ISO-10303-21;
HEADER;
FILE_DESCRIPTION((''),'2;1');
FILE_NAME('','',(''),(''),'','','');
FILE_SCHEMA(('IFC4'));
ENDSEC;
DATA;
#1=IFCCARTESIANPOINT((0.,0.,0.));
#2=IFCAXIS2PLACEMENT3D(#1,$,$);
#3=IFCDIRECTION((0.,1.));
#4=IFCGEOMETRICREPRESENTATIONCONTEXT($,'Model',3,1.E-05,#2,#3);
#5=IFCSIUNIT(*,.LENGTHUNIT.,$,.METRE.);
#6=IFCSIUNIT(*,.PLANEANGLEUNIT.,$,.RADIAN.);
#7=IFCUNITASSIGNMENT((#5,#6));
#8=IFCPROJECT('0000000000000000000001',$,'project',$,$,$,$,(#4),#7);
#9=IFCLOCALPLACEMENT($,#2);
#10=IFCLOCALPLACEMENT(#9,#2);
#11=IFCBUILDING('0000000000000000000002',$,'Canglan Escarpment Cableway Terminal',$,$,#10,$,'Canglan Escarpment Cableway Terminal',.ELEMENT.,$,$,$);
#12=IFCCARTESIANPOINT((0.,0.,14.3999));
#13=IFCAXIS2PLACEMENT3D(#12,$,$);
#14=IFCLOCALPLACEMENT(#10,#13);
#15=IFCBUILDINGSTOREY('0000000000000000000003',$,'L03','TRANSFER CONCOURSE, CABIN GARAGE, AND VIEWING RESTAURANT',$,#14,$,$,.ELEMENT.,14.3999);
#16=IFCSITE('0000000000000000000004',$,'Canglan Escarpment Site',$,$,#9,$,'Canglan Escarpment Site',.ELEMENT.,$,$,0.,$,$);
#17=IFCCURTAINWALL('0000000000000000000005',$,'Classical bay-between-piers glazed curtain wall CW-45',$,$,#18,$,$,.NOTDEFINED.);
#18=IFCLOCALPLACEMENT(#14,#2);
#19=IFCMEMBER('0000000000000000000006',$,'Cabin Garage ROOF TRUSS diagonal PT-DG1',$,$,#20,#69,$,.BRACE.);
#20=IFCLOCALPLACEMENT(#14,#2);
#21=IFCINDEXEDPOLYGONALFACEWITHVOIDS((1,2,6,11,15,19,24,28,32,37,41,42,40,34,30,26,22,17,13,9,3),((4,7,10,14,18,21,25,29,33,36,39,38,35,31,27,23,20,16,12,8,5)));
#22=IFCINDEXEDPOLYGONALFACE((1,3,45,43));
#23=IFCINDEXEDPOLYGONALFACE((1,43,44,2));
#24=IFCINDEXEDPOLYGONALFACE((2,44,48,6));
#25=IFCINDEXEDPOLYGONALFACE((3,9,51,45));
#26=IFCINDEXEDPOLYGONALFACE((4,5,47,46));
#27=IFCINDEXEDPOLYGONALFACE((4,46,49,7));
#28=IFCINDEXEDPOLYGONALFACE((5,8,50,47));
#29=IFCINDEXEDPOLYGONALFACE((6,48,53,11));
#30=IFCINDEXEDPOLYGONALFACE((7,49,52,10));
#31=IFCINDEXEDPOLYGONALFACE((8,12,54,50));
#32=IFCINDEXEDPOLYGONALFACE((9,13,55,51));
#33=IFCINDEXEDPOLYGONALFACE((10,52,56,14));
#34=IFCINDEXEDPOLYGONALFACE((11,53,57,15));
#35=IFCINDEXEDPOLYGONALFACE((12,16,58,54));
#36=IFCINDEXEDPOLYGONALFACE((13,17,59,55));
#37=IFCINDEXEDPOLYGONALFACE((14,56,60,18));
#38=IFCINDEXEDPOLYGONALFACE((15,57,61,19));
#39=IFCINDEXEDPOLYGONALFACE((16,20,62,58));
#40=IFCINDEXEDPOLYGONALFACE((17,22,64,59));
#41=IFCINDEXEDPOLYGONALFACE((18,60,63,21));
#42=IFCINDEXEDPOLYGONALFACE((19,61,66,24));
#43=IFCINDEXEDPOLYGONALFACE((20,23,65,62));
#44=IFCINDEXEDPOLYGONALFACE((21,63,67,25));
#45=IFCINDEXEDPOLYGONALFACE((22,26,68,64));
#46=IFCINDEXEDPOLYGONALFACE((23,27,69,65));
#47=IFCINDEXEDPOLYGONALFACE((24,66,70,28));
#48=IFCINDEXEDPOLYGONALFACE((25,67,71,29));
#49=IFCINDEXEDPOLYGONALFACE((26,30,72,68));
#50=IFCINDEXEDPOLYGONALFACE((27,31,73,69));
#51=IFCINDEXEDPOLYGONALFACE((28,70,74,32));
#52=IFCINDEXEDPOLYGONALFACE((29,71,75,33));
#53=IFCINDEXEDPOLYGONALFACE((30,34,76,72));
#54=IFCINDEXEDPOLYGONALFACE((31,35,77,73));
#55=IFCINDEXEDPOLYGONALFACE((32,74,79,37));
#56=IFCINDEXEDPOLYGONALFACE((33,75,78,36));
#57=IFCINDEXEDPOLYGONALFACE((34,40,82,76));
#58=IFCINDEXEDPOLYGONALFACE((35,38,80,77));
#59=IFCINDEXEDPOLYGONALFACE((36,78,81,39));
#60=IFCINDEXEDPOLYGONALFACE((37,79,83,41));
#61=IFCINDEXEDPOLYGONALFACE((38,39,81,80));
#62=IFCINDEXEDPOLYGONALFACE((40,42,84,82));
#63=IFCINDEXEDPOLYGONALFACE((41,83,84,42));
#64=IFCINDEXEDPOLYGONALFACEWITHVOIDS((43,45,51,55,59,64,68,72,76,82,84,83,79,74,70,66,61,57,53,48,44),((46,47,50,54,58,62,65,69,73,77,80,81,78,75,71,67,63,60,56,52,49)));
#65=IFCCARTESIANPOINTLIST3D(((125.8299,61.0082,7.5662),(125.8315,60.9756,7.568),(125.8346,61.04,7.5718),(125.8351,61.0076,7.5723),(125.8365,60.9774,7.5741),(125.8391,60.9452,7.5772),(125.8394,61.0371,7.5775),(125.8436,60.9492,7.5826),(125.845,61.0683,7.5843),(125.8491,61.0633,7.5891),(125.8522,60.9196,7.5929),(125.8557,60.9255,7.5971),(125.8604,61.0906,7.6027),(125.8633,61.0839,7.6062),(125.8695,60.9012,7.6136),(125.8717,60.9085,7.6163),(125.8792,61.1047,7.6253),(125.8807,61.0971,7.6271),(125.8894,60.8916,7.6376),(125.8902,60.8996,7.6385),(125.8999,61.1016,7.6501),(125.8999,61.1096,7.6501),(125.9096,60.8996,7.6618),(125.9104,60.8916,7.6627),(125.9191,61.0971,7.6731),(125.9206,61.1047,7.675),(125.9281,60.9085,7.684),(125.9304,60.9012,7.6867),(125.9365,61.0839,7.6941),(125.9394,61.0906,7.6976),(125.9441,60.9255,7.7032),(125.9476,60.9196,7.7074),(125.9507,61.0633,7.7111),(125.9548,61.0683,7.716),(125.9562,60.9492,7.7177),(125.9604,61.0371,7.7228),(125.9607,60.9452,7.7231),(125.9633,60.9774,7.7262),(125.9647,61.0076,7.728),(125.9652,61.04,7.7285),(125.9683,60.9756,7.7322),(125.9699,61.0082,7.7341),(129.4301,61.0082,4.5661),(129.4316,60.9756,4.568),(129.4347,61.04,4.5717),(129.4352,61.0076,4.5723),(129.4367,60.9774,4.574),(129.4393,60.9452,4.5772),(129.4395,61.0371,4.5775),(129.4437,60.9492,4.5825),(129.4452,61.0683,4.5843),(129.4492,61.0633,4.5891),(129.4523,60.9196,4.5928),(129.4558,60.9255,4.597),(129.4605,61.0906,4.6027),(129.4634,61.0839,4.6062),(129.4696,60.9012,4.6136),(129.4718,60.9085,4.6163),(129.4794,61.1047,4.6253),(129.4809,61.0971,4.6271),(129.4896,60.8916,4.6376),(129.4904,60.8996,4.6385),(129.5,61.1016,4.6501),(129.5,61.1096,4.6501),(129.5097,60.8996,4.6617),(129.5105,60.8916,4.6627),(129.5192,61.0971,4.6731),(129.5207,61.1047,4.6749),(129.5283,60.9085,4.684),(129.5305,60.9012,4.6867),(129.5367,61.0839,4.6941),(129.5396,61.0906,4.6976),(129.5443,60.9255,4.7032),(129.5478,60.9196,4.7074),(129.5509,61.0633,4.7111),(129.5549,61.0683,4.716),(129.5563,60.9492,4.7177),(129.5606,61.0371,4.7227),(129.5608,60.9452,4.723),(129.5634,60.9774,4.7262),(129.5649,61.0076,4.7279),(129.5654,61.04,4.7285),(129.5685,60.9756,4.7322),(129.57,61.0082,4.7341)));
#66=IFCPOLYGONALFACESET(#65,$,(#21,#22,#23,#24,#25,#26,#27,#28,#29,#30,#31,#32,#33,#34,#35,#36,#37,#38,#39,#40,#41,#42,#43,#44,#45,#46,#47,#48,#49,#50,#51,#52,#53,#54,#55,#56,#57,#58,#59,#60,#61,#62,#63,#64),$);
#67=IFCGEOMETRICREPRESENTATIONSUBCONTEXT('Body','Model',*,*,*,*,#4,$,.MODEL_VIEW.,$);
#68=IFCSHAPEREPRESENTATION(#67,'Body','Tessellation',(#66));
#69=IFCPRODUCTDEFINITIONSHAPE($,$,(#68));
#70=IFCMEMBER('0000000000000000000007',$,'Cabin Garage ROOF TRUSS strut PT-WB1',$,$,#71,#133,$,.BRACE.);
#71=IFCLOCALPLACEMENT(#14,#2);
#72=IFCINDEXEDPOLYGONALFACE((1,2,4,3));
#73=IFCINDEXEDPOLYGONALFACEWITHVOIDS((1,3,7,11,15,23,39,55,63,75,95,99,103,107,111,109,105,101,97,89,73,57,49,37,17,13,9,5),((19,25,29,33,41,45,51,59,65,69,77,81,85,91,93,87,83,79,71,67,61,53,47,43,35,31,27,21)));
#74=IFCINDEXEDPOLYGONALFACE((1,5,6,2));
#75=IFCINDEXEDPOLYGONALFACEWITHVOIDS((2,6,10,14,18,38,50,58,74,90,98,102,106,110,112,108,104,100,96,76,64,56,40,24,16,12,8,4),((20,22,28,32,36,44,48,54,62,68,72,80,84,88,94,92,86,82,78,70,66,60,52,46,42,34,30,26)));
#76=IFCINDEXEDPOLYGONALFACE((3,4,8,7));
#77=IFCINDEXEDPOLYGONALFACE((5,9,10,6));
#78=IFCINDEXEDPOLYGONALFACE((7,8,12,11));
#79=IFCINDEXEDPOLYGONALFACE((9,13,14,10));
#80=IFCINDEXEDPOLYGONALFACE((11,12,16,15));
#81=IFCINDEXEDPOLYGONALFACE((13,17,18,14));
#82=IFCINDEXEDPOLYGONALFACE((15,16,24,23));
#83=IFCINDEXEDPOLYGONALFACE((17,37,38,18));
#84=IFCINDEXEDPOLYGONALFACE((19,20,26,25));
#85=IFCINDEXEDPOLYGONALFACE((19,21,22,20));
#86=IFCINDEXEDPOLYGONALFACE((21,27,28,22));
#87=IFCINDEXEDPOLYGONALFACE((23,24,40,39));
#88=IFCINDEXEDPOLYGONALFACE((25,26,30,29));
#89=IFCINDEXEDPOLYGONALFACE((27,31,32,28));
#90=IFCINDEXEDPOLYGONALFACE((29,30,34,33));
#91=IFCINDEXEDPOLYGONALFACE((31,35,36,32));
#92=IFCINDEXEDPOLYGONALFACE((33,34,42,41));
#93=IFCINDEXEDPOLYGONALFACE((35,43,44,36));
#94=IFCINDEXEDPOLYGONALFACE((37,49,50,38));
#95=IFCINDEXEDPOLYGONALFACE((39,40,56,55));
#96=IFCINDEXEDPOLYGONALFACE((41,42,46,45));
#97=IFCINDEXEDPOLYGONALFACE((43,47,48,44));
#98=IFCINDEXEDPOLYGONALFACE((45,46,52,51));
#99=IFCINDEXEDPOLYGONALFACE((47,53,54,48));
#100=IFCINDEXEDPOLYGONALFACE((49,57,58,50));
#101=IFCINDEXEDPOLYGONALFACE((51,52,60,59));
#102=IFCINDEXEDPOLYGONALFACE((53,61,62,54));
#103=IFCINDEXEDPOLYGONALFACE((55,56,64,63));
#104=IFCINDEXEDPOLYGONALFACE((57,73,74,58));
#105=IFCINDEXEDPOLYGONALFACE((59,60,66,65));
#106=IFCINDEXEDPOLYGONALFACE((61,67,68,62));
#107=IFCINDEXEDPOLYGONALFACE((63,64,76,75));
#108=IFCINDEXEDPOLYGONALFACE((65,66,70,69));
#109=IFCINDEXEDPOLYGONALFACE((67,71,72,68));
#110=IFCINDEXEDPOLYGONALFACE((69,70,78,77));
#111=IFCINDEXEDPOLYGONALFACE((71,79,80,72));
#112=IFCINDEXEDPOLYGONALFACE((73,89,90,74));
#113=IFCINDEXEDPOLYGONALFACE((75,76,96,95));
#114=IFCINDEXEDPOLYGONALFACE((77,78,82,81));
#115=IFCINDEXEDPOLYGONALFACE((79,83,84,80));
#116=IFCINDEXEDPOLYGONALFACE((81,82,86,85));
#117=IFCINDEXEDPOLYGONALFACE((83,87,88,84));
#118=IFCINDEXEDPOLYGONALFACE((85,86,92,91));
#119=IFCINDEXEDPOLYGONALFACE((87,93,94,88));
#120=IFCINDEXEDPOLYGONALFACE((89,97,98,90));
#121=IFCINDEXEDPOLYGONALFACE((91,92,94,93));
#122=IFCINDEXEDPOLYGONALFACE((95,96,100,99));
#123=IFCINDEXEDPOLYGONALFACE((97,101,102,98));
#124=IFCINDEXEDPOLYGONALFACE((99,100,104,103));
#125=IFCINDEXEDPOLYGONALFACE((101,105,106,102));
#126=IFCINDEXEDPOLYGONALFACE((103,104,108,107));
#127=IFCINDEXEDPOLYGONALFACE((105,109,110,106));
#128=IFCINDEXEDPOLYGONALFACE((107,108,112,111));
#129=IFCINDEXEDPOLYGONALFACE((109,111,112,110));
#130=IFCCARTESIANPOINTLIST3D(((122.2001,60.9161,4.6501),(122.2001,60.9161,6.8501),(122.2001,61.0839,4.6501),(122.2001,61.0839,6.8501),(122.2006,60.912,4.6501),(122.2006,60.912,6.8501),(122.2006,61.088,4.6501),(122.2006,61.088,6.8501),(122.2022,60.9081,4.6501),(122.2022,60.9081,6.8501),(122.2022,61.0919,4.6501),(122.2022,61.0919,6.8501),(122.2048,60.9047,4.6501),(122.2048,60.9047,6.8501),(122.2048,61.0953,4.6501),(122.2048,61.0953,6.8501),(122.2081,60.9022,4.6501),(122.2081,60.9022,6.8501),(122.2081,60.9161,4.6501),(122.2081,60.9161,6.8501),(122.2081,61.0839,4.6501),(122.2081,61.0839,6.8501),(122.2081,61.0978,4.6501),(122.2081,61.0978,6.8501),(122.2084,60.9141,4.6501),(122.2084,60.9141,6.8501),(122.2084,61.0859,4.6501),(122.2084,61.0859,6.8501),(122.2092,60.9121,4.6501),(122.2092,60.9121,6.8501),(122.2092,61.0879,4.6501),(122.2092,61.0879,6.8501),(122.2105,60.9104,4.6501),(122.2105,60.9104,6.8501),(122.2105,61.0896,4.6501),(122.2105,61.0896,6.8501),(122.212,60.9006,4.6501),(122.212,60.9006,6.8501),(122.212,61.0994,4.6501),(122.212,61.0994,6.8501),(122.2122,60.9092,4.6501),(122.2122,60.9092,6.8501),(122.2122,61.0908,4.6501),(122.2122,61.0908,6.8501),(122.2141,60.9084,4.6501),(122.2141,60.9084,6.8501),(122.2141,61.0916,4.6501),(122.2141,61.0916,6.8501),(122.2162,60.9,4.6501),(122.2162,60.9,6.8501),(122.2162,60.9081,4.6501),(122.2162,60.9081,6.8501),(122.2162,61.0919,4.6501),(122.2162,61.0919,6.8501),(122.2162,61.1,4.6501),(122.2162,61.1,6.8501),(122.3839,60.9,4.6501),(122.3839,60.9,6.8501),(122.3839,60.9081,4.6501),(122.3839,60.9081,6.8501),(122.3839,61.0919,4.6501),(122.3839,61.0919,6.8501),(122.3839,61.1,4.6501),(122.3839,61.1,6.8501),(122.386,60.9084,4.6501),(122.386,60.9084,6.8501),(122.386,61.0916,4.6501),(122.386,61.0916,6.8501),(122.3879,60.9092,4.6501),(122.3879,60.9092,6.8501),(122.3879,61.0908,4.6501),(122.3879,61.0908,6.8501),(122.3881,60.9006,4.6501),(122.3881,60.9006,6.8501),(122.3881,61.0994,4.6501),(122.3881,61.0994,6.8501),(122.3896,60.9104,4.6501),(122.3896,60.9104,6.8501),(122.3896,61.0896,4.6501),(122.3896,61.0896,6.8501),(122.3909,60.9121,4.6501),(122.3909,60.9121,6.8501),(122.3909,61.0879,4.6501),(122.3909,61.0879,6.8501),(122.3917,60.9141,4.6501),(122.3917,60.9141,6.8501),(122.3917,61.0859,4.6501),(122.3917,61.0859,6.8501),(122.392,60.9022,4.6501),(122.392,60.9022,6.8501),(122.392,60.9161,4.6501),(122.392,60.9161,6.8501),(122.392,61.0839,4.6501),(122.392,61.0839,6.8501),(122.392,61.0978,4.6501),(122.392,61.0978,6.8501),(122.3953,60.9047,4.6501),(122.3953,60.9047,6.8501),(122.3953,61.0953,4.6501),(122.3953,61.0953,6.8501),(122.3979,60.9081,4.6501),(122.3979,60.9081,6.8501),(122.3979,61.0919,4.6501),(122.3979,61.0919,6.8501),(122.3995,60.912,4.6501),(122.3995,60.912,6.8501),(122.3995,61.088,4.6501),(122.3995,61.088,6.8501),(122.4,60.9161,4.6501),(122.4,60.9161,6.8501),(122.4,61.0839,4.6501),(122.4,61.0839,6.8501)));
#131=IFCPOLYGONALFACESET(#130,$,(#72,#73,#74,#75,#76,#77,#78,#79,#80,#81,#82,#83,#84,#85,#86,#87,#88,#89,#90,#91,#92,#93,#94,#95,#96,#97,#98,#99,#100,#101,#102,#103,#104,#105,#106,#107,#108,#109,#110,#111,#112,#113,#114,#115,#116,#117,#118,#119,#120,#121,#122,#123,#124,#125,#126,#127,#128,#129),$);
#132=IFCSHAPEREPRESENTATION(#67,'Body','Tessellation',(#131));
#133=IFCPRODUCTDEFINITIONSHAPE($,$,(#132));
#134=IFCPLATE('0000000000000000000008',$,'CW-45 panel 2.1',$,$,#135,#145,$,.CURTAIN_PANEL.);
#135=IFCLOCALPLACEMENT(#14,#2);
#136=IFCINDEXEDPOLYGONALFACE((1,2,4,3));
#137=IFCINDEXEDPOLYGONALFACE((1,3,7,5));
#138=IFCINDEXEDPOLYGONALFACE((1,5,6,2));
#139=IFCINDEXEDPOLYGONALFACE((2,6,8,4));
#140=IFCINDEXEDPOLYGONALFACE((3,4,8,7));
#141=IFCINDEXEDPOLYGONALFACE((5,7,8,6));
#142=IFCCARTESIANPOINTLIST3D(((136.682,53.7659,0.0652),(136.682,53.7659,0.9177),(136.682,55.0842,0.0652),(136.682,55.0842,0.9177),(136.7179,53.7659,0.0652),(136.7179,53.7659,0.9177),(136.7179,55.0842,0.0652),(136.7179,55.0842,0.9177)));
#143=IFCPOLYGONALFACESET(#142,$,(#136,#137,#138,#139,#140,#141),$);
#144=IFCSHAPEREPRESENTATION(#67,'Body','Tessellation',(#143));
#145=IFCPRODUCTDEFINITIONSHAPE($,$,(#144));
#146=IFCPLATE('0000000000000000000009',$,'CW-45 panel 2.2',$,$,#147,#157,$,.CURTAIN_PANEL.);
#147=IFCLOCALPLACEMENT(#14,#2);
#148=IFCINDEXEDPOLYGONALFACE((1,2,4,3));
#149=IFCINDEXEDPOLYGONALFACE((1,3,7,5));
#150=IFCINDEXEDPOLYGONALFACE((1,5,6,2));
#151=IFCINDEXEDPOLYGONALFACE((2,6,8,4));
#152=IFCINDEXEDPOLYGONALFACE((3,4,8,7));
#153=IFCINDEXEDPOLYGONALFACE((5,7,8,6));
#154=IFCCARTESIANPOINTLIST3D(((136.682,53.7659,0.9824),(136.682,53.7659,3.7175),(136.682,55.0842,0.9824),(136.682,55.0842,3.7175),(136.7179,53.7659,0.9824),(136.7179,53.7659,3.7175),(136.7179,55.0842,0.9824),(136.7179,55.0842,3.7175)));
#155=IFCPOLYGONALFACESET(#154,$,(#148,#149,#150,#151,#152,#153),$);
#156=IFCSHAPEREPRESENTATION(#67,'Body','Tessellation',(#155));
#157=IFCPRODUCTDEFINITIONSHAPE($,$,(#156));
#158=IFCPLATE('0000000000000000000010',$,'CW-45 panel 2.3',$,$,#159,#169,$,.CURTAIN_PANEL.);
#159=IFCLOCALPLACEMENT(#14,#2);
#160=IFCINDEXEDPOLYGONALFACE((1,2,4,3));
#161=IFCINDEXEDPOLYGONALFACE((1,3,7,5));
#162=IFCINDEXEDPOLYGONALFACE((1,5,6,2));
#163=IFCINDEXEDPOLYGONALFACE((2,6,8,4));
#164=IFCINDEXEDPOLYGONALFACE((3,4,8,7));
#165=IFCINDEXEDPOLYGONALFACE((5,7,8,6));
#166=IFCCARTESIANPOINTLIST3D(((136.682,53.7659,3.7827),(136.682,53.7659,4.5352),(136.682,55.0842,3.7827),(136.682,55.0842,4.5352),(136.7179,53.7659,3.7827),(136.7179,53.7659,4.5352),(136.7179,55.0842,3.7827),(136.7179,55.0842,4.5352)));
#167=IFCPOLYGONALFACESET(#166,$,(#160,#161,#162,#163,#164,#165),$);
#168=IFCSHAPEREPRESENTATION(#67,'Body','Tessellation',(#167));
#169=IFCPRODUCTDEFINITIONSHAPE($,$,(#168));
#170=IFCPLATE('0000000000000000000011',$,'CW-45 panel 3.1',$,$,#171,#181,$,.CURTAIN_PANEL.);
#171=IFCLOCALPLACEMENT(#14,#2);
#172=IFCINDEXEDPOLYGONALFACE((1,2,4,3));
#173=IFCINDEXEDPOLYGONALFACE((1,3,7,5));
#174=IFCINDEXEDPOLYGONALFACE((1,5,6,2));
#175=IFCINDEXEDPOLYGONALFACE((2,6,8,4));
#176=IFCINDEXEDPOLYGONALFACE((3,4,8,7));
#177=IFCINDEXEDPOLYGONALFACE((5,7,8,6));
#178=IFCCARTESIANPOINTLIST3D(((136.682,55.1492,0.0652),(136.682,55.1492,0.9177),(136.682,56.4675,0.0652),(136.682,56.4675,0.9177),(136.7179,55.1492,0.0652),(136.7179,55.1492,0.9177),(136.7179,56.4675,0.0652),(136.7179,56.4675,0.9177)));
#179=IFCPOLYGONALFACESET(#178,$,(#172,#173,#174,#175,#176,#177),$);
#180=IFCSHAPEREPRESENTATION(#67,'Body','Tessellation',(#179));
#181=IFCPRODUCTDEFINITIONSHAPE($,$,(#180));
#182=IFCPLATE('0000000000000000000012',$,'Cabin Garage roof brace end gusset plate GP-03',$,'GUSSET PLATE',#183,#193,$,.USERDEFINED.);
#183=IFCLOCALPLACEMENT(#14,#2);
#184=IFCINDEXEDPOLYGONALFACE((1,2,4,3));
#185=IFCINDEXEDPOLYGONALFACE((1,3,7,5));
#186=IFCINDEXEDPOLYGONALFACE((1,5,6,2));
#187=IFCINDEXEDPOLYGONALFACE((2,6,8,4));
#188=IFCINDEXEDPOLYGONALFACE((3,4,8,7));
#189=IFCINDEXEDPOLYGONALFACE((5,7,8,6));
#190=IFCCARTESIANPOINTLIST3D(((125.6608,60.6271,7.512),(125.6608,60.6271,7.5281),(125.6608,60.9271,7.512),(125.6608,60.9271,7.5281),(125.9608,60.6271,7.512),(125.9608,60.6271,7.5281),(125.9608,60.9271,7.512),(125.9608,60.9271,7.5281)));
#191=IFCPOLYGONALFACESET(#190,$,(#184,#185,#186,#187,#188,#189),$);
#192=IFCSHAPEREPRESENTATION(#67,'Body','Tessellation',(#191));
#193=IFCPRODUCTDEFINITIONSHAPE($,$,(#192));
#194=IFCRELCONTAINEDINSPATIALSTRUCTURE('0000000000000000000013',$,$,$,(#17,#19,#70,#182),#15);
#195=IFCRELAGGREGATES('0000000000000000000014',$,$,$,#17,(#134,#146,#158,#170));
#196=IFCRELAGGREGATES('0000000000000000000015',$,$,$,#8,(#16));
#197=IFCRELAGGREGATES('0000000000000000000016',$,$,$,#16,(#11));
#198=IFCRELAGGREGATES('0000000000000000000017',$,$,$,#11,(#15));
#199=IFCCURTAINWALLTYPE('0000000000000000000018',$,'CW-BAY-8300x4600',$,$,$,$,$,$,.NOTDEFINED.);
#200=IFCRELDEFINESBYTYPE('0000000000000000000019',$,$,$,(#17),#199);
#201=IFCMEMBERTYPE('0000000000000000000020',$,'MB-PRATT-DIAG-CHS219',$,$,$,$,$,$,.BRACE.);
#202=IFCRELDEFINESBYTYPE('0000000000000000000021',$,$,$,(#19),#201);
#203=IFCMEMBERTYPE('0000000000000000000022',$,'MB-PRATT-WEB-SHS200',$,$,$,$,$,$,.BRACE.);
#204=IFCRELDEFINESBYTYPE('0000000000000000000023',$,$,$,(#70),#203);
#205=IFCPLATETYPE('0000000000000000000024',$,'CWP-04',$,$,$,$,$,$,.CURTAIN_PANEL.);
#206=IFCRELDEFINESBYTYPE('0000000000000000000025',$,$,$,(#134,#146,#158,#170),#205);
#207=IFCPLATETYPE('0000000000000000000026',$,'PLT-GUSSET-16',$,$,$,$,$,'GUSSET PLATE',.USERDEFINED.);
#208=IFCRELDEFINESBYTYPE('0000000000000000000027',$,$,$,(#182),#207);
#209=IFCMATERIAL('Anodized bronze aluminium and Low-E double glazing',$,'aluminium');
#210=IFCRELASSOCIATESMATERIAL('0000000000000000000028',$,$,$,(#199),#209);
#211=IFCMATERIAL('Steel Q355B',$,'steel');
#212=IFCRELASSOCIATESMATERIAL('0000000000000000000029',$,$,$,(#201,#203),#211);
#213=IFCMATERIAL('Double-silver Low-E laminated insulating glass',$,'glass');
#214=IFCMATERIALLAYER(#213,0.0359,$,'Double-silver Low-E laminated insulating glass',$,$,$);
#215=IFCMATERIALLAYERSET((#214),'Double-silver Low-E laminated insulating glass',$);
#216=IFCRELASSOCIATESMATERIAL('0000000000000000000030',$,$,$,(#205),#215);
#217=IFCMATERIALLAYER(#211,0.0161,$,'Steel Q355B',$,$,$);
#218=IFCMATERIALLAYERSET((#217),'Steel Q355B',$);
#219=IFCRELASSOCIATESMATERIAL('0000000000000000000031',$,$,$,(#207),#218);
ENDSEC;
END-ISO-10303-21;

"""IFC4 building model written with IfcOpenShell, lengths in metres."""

from ifc_helpers import new_model, si_unit, direction, frame, origin, origin_2d, place, context, subcontext, project, spatial, rectangle, hollow_rectangle, hollow_circle, extrude, material, layer, layer_set, material_profile, profile_set, type_object, element, aggregate, save


model = new_model("IFC4")

# Units and contexts
model_context = context("Model", 3, precision=1e-05, world=origin(), true_north=direction((0.0, 1.0)))
body_context = subcontext(model_context, "Body", "Model", "MODEL_VIEW")
ifc_project = project(units=[si_unit("LENGTHUNIT", "METRE"), si_unit("PLANEANGLEUNIT", "RADIAN")], contexts=[model_context])

# Site, building, storey
site_placement = place(None, origin())
site = spatial("IfcSite", under=ifc_project, at=site_placement, Name="Canglan Escarpment Site", LongName="Canglan Escarpment Site", CompositionType="ELEMENT", RefElevation=0.0)
building_placement = place(site_placement, origin())
building = spatial("IfcBuilding", under=site, at=building_placement, Name="Canglan Escarpment Cableway Terminal", LongName="Canglan Escarpment Cableway Terminal", CompositionType="ELEMENT")
storey_placement = place(building_placement, frame((0.0, 0.0, 14.3999)))
storey = spatial("IfcBuildingStorey", under=building, at=storey_placement, Name="L03", Description="TRANSFER CONCOURSE, CABIN GARAGE, AND VIEWING RESTAURANT", CompositionType="ELEMENT", Elevation=14.3999)

# Shared definitions
ifc_material_1 = material(Name="Steel Q355B", Category="steel")

# Curtain wall
ifc_material_2 = material(Name="Anodized bronze aluminium and Low-E double glazing", Category="aluminium")
curtain_wall_type = type_object("IfcCurtainWallType", Name="CW-BAY-8300x4600", PredefinedType="NOTDEFINED", material=ifc_material_2)
curtain_wall_placement = place(storey_placement, origin())
curtain_wall = element("IfcCurtainWall", 1, at=curtain_wall_placement, inside=storey, type_object=curtain_wall_type, Name="Classical bay-between-piers glazed curtain wall CW-45", PredefinedType="NOTDEFINED")

# Members
ifc_material_profile_1 = material_profile(ifc_material_1, hollow_circle(Radius=0.1096, WallThickness=0.0081, at=origin_2d()), Name="CHS 219.1x8")
ifc_profile_set_1 = profile_set([ifc_material_profile_1], Name="Steel Q355B")
member_type_1 = type_object("IfcMemberType", Name="MB-PRATT-DIAG-CHS219", PredefinedType="BRACE", material=ifc_profile_set_1)
member_1_placement = place(storey_placement, frame((125.8999, 61.0, 7.6501), z_axis=(0.76823, 0.0, -0.640174), x_axis=(0.0, 1.0, 0.0)))
element("IfcMember", 2, at=member_1_placement, inside=storey, type_object=member_type_1, Name="Cabin Garage ROOF TRUSS diagonal PT-DG1", PredefinedType="BRACE", context=body_context, shape_type="SweptSolid", body=[
    extrude(hollow_circle(Radius=0.1096, WallThickness=0.0081, at=origin_2d()), origin(), (0.0, 0.0, 1.0), 4.6863),
])
ifc_material_profile_2 = material_profile(ifc_material_1, hollow_rectangle(XDim=0.2, YDim=0.2, WallThickness=0.0081, InnerFilletRadius=0.0081, OuterFilletRadius=0.0161, at=origin_2d()), Name="SHS 200x200x8")
ifc_profile_set_2 = profile_set([ifc_material_profile_2], Name="Steel Q355B")
member_type_2 = type_object("IfcMemberType", Name="MB-PRATT-WEB-SHS200", PredefinedType="BRACE", material=ifc_profile_set_2)
member_2_placement = place(storey_placement, frame((122.3, 61.0, 4.6501), z_axis=(0.0, 0.0, 1.0), x_axis=(1.0, 0.0, 0.0)))
element("IfcMember", 3, at=member_2_placement, inside=storey, type_object=member_type_2, Name="Cabin Garage ROOF TRUSS strut PT-WB1", PredefinedType="BRACE", context=body_context, shape_type="SweptSolid", body=[
    extrude(hollow_rectangle(XDim=0.2, YDim=0.2, WallThickness=0.0081, InnerFilletRadius=0.0081, OuterFilletRadius=0.0161, at=origin_2d()), origin(), (0.0, 0.0, 1.0), 2.2),
])

# Plates
ifc_material_3 = material(Name="Double-silver Low-E laminated insulating glass", Category="glass")
ifc_layer_1 = layer(ifc_material_3, 0.0359, Name="Double-silver Low-E laminated insulating glass")
ifc_layer_set_1 = layer_set([ifc_layer_1], Name="Double-silver Low-E laminated insulating glass")
plate_type_1 = type_object("IfcPlateType", Name="CWP-04", PredefinedType="CURTAIN_PANEL", material=ifc_layer_set_1)
plate_1_placement = place(storey_placement, frame((136.7, 54.425, 0.0652), z_axis=(0.0, 0.0, 1.0), x_axis=(0.0, 1.0, 0.0)))
plate_1 = element("IfcPlate", 4, at=plate_1_placement, type_object=plate_type_1, Name="CW-45 panel 2.1", PredefinedType="CURTAIN_PANEL", context=body_context, shape_type="SweptSolid", body=[
    extrude(rectangle(XDim=1.3184, YDim=0.0359, at=origin_2d()), origin(), (0.0, 0.0, 1.0), 0.8525),
])
plate_2_placement = place(storey_placement, frame((136.7, 54.425, 0.9824), z_axis=(0.0, 0.0, 1.0), x_axis=(0.0, 1.0, 0.0)))
plate_2 = element("IfcPlate", 5, at=plate_2_placement, type_object=plate_type_1, Name="CW-45 panel 2.2", PredefinedType="CURTAIN_PANEL", context=body_context, shape_type="SweptSolid", body=[
    extrude(rectangle(XDim=1.3184, YDim=0.0359, at=origin_2d()), origin(), (0.0, 0.0, 1.0), 2.7351),
])
plate_3_placement = place(storey_placement, frame((136.7, 54.425, 3.7827), z_axis=(0.0, 0.0, 1.0), x_axis=(0.0, 1.0, 0.0)))
plate_3 = element("IfcPlate", 6, at=plate_3_placement, type_object=plate_type_1, Name="CW-45 panel 2.3", PredefinedType="CURTAIN_PANEL", context=body_context, shape_type="SweptSolid", body=[
    extrude(rectangle(XDim=1.3184, YDim=0.0359, at=origin_2d()), origin(), (0.0, 0.0, 1.0), 0.7524),
])
plate_4_placement = place(storey_placement, frame((136.7, 55.8083, 0.0652), z_axis=(0.0, 0.0, 1.0), x_axis=(0.0, 1.0, 0.0)))
plate_4 = element("IfcPlate", 7, at=plate_4_placement, type_object=plate_type_1, Name="CW-45 panel 3.1", PredefinedType="CURTAIN_PANEL", context=body_context, shape_type="SweptSolid", body=[
    extrude(rectangle(XDim=1.3184, YDim=0.0359, at=origin_2d()), origin(), (0.0, 0.0, 1.0), 0.8525),
])
aggregate(curtain_wall, [plate_1, plate_2, plate_3, plate_4])

# Plate
ifc_layer_2 = layer(ifc_material_1, 0.0161, Name="Steel Q355B")
ifc_layer_set_2 = layer_set([ifc_layer_2], Name="Steel Q355B")
plate_type_2 = type_object("IfcPlateType", Name="PLT-GUSSET-16", ElementType="GUSSET PLATE", PredefinedType="USERDEFINED", material=ifc_layer_set_2)
for number, where, z_axis, x_axis, name in (
    (8, (125.8108, 60.7771, 7.512), (0.0, 0.0, 1.0), (1.0, 0.0, 0.0), "Cabin Garage roof brace end gusset plate GP-03"),
):
    element("IfcPlate", number, at=place(storey_placement, frame(where, z_axis=z_axis, x_axis=x_axis)), inside=storey, type_object=plate_type_2, Name=name, ObjectType="GUSSET PLATE", PredefinedType="USERDEFINED", context=body_context, shape_type="SweptSolid", body=[
        extrude(rectangle(XDim=0.3, YDim=0.3, at=origin_2d()), origin(), (0.0, 0.0, 1.0), 0.0161),
    ])

save(model, "model.ifc")
